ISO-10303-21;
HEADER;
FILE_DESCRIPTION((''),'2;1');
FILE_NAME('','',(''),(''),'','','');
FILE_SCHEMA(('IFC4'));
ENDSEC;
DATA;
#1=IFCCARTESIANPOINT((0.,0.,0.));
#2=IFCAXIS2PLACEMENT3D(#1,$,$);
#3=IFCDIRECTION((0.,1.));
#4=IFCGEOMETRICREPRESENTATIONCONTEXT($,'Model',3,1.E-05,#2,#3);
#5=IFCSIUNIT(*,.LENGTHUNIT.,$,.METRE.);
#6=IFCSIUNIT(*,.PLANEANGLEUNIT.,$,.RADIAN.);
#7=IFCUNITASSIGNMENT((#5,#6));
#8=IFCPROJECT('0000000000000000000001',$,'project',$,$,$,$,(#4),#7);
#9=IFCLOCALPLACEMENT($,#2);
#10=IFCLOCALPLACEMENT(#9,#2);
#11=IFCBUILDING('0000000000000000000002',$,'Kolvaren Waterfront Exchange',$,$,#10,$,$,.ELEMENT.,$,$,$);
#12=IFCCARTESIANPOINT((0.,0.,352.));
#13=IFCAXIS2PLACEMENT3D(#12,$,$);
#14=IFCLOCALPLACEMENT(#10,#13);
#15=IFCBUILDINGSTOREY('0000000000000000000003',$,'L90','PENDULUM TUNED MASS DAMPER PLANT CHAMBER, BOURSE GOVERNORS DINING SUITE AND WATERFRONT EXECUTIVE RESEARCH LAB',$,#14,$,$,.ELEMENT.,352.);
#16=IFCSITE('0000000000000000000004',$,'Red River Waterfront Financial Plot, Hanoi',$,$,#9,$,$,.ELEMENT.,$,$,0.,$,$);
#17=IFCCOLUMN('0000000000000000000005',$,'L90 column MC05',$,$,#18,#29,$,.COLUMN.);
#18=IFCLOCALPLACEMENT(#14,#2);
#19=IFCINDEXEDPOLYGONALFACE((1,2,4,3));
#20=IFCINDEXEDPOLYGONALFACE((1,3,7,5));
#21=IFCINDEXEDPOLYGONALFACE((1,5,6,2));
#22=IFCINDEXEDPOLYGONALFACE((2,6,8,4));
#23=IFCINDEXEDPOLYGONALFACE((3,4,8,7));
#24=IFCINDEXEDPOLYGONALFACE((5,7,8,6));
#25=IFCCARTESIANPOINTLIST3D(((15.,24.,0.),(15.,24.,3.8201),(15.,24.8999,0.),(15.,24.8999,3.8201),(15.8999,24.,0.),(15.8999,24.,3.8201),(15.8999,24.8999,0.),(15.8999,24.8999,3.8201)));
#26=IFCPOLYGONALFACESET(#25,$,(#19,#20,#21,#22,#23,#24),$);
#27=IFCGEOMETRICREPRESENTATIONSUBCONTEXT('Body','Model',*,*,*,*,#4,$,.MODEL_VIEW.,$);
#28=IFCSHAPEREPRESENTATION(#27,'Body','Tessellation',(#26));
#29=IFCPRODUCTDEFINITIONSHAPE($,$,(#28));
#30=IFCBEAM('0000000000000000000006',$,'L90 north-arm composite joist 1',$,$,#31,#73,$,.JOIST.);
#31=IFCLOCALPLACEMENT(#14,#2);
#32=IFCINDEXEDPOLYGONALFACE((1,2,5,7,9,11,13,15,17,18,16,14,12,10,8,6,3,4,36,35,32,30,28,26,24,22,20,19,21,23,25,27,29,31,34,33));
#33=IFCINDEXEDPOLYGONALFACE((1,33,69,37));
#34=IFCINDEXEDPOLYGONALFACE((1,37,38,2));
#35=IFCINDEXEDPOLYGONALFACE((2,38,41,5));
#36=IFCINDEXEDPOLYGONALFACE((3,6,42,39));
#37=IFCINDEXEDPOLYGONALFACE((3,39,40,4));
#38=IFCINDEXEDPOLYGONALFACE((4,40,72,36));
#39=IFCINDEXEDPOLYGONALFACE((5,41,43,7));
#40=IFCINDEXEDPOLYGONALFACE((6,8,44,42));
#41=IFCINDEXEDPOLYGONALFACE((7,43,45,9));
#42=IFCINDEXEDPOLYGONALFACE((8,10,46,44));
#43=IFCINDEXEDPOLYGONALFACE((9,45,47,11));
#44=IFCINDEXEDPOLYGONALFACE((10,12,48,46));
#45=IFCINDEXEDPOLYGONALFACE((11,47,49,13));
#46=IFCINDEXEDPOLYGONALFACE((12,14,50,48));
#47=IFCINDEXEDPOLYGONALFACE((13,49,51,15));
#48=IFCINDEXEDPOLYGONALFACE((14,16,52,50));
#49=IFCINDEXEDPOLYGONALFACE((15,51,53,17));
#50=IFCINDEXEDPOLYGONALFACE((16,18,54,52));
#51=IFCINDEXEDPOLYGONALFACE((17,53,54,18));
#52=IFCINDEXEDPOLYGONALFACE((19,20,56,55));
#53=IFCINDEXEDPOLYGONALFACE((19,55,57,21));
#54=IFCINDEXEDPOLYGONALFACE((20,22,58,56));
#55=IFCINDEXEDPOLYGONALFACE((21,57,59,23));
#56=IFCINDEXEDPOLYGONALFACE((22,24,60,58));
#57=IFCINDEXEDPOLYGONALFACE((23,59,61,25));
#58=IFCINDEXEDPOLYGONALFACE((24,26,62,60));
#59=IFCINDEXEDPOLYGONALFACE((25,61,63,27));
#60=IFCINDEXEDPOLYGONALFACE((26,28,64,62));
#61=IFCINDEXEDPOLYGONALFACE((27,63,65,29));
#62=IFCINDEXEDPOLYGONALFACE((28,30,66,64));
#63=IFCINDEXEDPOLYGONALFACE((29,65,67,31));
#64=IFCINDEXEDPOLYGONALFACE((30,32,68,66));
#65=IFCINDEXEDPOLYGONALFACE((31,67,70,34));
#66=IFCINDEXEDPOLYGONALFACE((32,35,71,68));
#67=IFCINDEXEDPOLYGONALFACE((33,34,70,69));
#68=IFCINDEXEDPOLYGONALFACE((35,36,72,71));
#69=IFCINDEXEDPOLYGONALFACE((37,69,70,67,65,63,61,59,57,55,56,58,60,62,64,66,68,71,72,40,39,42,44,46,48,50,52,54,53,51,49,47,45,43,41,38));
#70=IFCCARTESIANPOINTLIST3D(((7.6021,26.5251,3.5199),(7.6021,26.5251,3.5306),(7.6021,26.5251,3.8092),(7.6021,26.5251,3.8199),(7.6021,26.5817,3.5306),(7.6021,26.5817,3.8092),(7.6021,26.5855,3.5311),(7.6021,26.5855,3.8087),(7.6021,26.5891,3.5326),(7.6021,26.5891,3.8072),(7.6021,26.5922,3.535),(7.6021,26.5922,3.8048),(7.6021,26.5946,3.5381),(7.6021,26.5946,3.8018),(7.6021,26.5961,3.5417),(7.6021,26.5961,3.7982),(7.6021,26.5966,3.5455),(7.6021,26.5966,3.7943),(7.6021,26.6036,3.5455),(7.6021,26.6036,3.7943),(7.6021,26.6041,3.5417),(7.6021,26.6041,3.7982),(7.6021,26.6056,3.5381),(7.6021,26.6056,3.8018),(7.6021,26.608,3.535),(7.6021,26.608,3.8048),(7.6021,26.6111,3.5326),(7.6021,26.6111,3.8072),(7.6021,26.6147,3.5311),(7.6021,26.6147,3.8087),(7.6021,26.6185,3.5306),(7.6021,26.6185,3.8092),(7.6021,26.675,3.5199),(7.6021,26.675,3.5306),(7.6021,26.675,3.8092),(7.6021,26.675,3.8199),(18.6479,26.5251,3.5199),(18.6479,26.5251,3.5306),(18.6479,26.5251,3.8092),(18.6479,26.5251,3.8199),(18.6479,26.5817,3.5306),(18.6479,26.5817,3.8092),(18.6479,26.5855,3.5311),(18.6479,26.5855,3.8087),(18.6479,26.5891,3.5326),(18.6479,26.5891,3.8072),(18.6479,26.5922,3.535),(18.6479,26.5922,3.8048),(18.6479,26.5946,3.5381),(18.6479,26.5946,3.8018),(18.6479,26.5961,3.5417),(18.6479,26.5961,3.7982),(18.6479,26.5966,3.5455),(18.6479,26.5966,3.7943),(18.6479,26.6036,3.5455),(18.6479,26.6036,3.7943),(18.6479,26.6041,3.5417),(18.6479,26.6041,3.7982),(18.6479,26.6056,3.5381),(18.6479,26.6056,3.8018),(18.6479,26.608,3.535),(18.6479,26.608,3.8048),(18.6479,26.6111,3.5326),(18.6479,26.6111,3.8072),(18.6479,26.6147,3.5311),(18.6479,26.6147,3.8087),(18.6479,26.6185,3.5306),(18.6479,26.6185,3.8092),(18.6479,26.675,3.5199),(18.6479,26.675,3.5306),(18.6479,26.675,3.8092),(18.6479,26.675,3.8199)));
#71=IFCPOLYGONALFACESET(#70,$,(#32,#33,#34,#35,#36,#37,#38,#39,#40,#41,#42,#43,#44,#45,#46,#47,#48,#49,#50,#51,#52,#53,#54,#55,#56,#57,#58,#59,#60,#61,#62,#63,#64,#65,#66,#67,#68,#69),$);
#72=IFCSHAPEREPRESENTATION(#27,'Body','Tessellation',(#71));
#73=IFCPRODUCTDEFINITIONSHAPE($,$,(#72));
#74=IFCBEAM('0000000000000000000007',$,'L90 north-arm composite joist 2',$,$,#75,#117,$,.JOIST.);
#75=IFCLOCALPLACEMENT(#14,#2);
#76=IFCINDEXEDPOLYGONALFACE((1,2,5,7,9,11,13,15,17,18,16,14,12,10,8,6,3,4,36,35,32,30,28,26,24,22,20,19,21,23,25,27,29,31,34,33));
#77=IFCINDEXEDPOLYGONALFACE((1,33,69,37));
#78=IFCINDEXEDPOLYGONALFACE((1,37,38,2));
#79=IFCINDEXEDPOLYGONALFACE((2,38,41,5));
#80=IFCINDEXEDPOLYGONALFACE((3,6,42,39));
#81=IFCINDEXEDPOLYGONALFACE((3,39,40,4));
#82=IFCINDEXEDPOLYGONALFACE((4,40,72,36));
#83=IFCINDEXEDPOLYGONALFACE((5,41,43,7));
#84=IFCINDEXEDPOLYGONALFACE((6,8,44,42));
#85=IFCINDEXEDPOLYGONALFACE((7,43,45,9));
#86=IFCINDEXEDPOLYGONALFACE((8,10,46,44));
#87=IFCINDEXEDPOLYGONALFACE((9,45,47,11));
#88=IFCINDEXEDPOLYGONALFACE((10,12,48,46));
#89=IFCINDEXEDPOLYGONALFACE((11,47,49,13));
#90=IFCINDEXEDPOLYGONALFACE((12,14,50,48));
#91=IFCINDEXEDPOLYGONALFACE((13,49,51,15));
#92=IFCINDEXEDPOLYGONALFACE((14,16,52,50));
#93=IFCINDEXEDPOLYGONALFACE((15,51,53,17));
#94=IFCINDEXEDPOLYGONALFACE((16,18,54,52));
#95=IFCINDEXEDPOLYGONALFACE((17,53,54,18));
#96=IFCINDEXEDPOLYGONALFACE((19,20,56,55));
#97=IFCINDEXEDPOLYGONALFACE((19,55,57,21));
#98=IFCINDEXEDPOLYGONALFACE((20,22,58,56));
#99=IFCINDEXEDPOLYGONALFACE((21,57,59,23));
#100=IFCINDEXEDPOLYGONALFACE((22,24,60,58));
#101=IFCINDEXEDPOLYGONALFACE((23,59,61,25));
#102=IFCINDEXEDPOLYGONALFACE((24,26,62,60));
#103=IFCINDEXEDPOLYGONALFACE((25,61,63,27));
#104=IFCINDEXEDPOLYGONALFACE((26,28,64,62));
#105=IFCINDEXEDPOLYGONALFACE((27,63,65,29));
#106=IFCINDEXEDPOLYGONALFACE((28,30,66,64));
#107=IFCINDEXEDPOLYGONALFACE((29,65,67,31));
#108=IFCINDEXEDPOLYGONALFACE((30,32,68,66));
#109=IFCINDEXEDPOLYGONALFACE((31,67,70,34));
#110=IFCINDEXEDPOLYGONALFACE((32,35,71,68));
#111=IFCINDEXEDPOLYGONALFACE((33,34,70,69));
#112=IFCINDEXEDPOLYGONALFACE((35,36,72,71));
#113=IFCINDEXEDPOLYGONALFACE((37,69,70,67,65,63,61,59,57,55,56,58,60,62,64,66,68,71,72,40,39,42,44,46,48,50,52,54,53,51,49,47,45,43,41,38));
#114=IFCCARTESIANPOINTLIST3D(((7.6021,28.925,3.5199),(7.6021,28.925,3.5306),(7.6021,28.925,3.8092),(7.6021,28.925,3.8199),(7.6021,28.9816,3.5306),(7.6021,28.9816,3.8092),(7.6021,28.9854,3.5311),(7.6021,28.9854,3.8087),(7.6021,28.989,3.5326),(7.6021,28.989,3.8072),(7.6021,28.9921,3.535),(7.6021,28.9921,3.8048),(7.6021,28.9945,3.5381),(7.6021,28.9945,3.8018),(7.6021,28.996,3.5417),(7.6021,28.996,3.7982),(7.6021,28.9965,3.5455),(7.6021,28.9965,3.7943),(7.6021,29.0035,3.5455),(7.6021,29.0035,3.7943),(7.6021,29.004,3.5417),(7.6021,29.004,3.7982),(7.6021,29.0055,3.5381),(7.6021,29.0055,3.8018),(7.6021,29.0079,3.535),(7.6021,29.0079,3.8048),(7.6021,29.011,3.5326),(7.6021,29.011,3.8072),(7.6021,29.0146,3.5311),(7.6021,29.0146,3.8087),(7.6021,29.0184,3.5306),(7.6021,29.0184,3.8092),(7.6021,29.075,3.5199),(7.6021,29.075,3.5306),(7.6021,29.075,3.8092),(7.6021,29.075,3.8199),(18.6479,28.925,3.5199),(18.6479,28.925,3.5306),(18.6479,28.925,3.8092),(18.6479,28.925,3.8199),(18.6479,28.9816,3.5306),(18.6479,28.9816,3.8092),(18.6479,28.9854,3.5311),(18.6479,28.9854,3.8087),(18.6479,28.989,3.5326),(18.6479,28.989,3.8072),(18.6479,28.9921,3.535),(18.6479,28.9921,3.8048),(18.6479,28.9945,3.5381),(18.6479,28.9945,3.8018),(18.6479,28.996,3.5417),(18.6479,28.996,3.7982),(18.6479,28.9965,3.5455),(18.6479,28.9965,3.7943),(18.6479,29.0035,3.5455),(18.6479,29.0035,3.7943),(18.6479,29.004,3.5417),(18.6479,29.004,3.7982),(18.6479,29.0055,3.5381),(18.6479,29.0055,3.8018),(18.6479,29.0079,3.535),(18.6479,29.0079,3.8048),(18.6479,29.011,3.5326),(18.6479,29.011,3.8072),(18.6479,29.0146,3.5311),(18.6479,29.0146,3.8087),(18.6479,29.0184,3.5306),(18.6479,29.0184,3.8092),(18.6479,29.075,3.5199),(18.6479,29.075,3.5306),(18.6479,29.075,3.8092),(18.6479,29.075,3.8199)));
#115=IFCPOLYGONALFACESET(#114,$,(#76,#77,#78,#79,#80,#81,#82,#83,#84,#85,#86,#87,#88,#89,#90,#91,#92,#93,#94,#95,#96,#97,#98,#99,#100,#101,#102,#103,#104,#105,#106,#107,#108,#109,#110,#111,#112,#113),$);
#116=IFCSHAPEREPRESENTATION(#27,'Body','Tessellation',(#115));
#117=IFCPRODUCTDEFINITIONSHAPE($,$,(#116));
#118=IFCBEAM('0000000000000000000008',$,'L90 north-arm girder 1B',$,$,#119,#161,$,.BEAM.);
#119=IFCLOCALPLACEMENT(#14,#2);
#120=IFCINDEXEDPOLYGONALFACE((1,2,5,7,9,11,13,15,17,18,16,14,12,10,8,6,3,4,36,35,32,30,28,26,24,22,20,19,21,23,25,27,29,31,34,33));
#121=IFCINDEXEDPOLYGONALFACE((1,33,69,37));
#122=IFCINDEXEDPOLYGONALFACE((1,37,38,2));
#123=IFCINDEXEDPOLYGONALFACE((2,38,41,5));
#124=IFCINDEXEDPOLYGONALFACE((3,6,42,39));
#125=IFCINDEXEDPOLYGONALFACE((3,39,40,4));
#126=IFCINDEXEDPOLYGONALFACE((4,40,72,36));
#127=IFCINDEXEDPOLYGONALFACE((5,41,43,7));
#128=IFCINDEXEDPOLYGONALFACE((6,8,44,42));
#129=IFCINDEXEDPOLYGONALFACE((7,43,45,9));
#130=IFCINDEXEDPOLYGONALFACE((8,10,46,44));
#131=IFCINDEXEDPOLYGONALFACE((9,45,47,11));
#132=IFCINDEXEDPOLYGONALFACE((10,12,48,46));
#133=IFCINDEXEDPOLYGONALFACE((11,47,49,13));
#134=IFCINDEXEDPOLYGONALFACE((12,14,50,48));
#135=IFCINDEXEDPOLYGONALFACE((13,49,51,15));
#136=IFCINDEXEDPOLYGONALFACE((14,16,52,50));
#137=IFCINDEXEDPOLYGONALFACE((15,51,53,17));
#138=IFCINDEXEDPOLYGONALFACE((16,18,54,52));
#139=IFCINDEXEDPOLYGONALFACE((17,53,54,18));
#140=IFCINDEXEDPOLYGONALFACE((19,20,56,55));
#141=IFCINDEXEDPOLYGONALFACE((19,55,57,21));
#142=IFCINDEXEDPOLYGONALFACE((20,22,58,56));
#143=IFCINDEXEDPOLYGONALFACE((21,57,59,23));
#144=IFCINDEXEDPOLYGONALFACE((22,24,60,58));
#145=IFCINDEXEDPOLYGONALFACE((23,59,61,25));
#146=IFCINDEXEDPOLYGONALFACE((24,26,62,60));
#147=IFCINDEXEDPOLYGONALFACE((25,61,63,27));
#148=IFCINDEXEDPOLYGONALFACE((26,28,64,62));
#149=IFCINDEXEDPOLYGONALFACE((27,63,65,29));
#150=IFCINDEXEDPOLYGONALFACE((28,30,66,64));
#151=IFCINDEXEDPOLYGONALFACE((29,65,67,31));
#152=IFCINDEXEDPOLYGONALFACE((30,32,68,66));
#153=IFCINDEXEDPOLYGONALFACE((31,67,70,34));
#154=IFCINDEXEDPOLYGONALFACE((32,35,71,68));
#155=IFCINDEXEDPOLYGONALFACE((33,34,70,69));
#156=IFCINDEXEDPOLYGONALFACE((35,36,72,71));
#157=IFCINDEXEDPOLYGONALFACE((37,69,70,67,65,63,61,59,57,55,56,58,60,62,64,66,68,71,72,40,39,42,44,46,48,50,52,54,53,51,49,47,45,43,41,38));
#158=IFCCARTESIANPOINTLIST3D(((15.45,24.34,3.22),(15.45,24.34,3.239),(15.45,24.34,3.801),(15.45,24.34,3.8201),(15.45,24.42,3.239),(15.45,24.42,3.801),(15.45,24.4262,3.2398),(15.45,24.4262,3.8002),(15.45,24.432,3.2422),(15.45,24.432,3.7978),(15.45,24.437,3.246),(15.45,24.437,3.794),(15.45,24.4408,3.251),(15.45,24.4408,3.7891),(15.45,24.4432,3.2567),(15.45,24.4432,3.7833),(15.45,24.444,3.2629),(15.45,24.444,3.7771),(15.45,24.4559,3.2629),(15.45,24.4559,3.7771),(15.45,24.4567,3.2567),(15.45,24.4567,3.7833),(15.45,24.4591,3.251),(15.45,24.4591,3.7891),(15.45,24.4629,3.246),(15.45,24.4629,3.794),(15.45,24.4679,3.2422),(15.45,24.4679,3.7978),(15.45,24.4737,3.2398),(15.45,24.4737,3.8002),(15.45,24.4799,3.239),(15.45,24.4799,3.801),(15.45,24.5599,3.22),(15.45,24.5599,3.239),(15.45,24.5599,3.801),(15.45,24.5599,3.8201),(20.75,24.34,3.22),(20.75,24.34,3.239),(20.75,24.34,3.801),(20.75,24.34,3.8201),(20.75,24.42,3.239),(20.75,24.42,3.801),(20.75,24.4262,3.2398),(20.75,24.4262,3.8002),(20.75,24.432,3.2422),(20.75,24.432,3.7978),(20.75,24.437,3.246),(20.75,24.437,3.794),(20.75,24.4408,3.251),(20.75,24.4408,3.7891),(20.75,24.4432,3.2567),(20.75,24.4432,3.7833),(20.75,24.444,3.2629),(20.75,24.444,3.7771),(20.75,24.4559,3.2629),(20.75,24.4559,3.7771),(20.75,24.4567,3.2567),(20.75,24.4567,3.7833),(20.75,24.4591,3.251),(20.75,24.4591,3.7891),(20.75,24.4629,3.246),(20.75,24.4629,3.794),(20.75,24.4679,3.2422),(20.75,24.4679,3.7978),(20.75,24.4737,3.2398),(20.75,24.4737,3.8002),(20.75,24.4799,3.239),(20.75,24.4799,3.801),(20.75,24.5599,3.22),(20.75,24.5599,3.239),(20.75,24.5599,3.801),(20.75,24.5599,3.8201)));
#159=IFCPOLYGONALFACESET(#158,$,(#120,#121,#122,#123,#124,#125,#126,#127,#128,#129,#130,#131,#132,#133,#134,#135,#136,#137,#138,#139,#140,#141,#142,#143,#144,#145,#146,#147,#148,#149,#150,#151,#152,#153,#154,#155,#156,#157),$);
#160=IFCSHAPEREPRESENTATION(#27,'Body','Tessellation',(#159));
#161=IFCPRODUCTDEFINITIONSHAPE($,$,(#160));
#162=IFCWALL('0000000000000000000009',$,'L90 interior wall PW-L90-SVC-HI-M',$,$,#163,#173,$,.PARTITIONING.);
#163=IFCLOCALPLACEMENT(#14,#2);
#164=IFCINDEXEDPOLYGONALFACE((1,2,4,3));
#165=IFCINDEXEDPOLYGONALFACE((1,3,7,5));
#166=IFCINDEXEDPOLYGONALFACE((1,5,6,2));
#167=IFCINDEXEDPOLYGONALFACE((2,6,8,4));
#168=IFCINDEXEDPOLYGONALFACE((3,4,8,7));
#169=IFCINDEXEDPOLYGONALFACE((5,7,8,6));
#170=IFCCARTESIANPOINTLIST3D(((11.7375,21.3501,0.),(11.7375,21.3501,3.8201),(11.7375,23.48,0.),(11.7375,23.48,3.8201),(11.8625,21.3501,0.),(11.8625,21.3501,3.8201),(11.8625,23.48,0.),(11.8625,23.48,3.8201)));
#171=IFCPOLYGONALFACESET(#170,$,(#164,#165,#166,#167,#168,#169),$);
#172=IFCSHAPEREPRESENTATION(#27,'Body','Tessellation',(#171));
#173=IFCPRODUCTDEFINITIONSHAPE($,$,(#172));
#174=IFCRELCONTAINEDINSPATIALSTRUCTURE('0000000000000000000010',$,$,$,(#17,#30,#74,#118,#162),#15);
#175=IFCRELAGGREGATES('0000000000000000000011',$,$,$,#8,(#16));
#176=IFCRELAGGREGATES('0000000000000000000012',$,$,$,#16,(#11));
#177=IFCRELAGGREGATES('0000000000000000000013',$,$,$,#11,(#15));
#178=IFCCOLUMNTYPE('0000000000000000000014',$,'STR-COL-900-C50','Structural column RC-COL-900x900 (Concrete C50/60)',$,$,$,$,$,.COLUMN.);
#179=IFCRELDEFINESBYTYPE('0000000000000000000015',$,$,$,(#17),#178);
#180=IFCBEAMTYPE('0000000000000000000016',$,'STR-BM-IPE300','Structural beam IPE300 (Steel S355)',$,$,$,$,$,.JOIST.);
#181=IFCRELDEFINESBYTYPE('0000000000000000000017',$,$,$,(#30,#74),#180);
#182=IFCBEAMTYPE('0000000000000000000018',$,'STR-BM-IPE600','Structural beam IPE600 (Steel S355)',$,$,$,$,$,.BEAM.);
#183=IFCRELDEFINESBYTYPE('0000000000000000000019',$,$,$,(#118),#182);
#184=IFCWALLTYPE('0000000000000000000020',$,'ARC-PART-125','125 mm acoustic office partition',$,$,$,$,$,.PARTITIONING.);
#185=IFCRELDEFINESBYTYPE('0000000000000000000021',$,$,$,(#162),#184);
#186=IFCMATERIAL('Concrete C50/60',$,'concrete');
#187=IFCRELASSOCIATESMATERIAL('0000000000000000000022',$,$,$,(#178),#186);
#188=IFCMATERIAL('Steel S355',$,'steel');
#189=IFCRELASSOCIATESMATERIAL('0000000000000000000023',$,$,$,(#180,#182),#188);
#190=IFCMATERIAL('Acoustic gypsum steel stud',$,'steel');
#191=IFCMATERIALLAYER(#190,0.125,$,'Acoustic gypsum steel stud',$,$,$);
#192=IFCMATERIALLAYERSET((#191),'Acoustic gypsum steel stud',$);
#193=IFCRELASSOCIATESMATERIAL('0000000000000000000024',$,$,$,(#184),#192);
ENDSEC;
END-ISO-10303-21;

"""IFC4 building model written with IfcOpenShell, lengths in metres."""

from ifc_helpers import new_model, si_unit, direction, frame, frame_2d, origin, origin_2d, place, context, subcontext, project, spatial, rectangle, i_section, extrude, material, layer, layer_set, material_profile, profile_set, type_object, element, save


model = new_model("IFC4")

# Units and contexts
model_context = context("Model", 3, precision=1e-05, world=origin(), true_north=direction((0.0, 1.0)))
body_context = subcontext(model_context, "Body", "Model", "MODEL_VIEW")
ifc_project = project(units=[si_unit("LENGTHUNIT", "METRE"), si_unit("PLANEANGLEUNIT", "RADIAN")], contexts=[model_context])

# Site, building, storey
site_placement = place(None, origin())
site = spatial("IfcSite", under=ifc_project, at=site_placement, Name="Red River Waterfront Financial Plot, Hanoi", CompositionType="ELEMENT", RefElevation=0.0)
building_placement = place(site_placement, origin())
building = spatial("IfcBuilding", under=site, at=building_placement, Name="Kolvaren Waterfront Exchange", CompositionType="ELEMENT")
storey_placement = place(building_placement, frame((0.0, 0.0, 352.0)))
storey = spatial("IfcBuildingStorey", under=building, at=storey_placement, Name="L90", Description="PENDULUM TUNED MASS DAMPER PLANT CHAMBER, BOURSE GOVERNORS DINING SUITE AND WATERFRONT EXECUTIVE RESEARCH LAB", CompositionType="ELEMENT", Elevation=352.0)

# Column
ifc_material_1 = material(Name="Concrete C50/60", Category="concrete")
ifc_material_profile_1 = material_profile(ifc_material_1, rectangle(XDim=0.8999, YDim=0.8999, at=origin_2d()), Name="RC-COL-900x900")
ifc_profile_set_1 = profile_set([ifc_material_profile_1], Name="Concrete C50/60")
column_type = type_object("IfcColumnType", Name="STR-COL-900-C50", Description="Structural column RC-COL-900x900 (Concrete C50/60)", PredefinedType="COLUMN", material=ifc_profile_set_1)
column_placement = place(storey_placement, frame((15.45, 24.45, 0.0), z_axis=(0.0, 0.0, 1.0), x_axis=(1.0, 0.0, 0.0)))
element("IfcColumn", 1, at=column_placement, inside=storey, type_object=column_type, Name="L90 column MC05", PredefinedType="COLUMN", context=body_context, shape_type="SweptSolid", body=[
    extrude(rectangle(XDim=0.8999, YDim=0.8999, at=origin_2d()), origin(), (0.0, 0.0, 1.0), 3.8201),
])

# Beams
ifc_material_2 = material(Name="Steel S355", Category="steel")
ifc_material_profile_2 = material_profile(ifc_material_2, i_section(OverallWidth=0.1499, OverallDepth=0.3, WebThickness=0.0071, FlangeThickness=0.0107, FilletRadius=0.0149, at=origin_2d()), Name="IPE300")
ifc_profile_set_2 = profile_set([ifc_material_profile_2], Name="Steel S355")
beam_type_1 = type_object("IfcBeamType", Name="STR-BM-IPE300", Description="Structural beam IPE300 (Steel S355)", PredefinedType="JOIST", material=ifc_profile_set_2)
for number, where, z_axis, x_axis, name in (
    (2, (7.6021, 26.6001, 3.6699), (1.0, 0.0, 0.0), (0.0, 1.0, 0.0), "L90 north-arm composite joist 1"),
    (3, (7.6021, 29.0, 3.6699), (1.0, 0.0, 0.0), (0.0, 1.0, 0.0), "L90 north-arm composite joist 2"),
):
    element("IfcBeam", number, at=place(storey_placement, frame(where, z_axis=z_axis, x_axis=x_axis)), inside=storey, type_object=beam_type_1, Name=name, PredefinedType="JOIST", context=body_context, shape_type="SweptSolid", body=[
        extrude(i_section(OverallWidth=0.1499, OverallDepth=0.3, WebThickness=0.0071, FlangeThickness=0.0107, FilletRadius=0.0149, at=origin_2d()), origin(), (0.0, 0.0, 1.0), 11.0459),
    ])
ifc_material_profile_3 = material_profile(ifc_material_2, i_section(OverallWidth=0.22, OverallDepth=0.6001, WebThickness=0.012, FlangeThickness=0.019, FilletRadius=0.0239, at=origin_2d()), Name="IPE600")
ifc_profile_set_3 = profile_set([ifc_material_profile_3], Name="Steel S355")
beam_type_2 = type_object("IfcBeamType", Name="STR-BM-IPE600", Description="Structural beam IPE600 (Steel S355)", PredefinedType="BEAM", material=ifc_profile_set_3)
beam_placement = place(storey_placement, frame((15.45, 24.45, 3.52), z_axis=(1.0, 0.0, 0.0), x_axis=(0.0, 1.0, 0.0)))
element("IfcBeam", 4, at=beam_placement, inside=storey, type_object=beam_type_2, Name="L90 north-arm girder 1B", PredefinedType="BEAM", context=body_context, shape_type="SweptSolid", body=[
    extrude(i_section(OverallWidth=0.22, OverallDepth=0.6001, WebThickness=0.012, FlangeThickness=0.019, FilletRadius=0.0239, at=origin_2d()), origin(), (0.0, 0.0, 1.0), 5.3),
])

# Shared definitions
ifc_material_3 = material(Name="Acoustic gypsum steel stud", Category="steel")
ifc_layer_1 = layer(ifc_material_3, 0.125, Name="Acoustic gypsum steel stud")
ifc_layer_set_1 = layer_set([ifc_layer_1], Name="Acoustic gypsum steel stud")
wall_type_1 = type_object("IfcWallType", Name="ARC-PART-125", Description="125 mm acoustic office partition", PredefinedType="PARTITIONING", material=ifc_layer_set_1)

# Wall
wall_1_placement = place(storey_placement, frame((11.8, 21.3501, 0.0), z_axis=(0.0, 0.0, 1.0), x_axis=(0.0, 1.0, 0.0)))
element("IfcWall", 5, at=wall_1_placement, inside=storey, type_object=wall_type_1, Name="L90 interior wall PW-L90-SVC-HI-M", PredefinedType="PARTITIONING", context=body_context, shape_type="SweptSolid", body=[
    extrude(rectangle(XDim=2.1299, YDim=0.125, at=frame_2d((1.0649, 0.0))), origin(), (0.0, 0.0, 1.0), 3.8201),
])

save(model, "model.ifc")
